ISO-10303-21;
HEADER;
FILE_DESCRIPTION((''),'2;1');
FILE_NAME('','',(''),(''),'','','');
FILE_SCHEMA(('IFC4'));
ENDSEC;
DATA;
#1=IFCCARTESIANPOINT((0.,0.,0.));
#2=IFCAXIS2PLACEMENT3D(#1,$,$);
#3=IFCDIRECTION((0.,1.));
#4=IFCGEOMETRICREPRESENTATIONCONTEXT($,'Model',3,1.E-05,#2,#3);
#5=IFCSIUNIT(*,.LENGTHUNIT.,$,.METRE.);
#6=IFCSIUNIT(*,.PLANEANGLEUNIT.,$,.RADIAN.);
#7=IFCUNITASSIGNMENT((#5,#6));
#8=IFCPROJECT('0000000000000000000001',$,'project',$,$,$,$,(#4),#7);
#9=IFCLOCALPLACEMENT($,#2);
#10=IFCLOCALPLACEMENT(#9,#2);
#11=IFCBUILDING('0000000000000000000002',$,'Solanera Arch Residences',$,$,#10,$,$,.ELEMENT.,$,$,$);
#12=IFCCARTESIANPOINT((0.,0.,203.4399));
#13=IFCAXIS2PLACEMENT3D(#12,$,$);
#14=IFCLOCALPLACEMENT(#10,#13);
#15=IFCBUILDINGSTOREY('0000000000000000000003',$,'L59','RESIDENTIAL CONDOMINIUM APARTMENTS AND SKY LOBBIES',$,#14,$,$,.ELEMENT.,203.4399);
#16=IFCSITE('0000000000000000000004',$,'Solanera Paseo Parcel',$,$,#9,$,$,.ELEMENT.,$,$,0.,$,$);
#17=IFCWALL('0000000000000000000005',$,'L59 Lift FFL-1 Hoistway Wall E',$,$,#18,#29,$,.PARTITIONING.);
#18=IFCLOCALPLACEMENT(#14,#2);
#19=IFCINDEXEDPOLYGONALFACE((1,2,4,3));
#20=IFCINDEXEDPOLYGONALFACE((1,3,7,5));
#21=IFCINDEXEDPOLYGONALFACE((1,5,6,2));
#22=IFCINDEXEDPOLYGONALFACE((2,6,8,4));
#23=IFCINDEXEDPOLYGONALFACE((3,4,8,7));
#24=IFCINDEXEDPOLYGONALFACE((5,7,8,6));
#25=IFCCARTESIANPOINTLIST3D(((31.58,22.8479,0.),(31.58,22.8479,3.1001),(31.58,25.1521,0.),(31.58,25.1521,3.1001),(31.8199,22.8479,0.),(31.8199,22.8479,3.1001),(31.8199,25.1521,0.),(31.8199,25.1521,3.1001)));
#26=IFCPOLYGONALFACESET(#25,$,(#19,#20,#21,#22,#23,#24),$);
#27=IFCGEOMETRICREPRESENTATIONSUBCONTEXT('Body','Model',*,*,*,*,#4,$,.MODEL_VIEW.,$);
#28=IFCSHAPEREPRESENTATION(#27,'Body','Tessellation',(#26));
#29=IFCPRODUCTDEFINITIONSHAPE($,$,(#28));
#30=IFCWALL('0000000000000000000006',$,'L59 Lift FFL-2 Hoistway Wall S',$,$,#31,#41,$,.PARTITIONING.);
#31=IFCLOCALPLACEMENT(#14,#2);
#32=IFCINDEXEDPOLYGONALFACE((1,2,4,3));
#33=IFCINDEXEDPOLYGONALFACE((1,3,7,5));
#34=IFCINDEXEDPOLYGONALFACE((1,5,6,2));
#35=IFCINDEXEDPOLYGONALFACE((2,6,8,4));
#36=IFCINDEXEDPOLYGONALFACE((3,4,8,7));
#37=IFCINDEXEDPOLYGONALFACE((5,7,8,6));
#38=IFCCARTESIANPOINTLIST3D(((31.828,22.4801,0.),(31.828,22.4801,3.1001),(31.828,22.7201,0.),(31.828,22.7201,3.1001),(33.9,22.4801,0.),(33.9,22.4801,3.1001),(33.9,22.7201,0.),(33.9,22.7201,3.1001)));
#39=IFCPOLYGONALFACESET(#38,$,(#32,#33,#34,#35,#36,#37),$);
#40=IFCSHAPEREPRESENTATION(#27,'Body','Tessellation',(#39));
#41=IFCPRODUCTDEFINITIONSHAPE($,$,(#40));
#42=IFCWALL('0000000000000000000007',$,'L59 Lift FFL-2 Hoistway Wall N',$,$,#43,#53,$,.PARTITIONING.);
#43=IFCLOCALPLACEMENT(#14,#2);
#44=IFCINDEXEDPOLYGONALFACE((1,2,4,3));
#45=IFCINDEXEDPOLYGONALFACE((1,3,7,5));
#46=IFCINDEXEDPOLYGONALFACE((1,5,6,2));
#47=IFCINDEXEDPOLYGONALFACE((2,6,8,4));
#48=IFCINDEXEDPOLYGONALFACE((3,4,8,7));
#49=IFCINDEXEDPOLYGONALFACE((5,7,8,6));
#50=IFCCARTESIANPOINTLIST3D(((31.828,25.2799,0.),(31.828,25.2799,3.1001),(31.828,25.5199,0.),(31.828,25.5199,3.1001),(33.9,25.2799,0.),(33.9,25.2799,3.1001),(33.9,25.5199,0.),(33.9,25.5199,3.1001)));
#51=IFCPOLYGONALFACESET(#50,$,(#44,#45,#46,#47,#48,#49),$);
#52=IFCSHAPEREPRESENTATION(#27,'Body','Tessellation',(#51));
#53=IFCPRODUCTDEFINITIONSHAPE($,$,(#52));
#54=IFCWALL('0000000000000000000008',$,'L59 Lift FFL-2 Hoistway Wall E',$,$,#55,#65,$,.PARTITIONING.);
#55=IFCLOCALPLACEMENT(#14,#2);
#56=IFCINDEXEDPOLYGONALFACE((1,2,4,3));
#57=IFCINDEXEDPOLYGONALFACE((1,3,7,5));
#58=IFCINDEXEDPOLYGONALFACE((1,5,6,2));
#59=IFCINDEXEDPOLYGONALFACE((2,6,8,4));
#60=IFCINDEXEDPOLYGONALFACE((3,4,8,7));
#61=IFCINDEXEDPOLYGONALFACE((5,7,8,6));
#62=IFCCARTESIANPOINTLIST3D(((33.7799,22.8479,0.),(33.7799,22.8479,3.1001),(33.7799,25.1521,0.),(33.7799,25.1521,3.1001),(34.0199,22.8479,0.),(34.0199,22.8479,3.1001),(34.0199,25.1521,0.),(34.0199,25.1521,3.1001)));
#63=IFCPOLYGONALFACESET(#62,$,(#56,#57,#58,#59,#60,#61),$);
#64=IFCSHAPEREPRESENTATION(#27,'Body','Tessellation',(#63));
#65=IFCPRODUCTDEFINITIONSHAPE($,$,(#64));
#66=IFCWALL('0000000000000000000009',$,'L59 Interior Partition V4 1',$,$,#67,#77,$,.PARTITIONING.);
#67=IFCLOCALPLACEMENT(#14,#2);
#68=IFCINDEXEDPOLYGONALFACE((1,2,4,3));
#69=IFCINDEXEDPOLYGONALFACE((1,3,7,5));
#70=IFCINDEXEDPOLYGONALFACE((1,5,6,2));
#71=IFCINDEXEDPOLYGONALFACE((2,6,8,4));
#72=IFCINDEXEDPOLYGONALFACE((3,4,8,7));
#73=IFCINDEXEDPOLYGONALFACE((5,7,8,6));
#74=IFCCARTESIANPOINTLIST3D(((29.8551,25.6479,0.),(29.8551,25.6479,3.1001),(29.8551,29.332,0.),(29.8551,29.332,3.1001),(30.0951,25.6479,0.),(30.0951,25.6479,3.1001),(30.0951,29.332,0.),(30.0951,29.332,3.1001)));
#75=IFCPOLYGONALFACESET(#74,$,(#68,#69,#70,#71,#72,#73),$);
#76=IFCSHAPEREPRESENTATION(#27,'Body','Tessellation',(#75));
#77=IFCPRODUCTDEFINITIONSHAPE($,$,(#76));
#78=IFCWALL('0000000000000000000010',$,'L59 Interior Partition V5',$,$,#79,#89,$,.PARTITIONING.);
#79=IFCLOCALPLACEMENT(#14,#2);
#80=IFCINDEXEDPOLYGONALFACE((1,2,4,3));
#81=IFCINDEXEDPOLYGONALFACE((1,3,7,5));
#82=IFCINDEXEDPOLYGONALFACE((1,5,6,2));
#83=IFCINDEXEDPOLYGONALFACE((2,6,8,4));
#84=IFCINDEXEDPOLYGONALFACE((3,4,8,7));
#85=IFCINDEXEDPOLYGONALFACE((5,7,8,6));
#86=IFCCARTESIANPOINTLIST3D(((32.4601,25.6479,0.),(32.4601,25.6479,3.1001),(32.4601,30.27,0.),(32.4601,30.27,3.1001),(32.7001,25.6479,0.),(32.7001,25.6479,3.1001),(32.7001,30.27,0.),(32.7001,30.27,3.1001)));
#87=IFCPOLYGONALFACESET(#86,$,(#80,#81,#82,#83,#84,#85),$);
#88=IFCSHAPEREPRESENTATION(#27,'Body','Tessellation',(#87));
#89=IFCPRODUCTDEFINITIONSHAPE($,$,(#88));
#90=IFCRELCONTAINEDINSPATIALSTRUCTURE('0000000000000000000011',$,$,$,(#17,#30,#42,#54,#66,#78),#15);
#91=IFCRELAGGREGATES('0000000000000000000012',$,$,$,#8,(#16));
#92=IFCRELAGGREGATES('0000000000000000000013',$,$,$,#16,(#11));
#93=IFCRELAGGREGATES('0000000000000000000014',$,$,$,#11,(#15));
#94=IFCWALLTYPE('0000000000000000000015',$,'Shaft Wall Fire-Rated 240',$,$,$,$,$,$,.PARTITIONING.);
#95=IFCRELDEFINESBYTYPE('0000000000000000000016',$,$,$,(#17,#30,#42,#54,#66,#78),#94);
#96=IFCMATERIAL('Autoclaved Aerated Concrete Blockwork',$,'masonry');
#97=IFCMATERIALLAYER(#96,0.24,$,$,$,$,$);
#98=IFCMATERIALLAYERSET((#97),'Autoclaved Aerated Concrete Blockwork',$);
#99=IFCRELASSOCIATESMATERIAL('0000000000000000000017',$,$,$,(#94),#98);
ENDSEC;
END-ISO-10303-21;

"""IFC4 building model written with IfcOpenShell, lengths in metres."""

from ifc_helpers import new_model, si_unit, direction, frame, frame_2d, origin, place, context, subcontext, project, spatial, rectangle, extrude, material, layer, layer_set, type_object, element, save


model = new_model("IFC4")

# Units and contexts
model_context = context("Model", 3, precision=1e-05, world=origin(), true_north=direction((0.0, 1.0)))
body_context = subcontext(model_context, "Body", "Model", "MODEL_VIEW")
ifc_project = project(units=[si_unit("LENGTHUNIT", "METRE"), si_unit("PLANEANGLEUNIT", "RADIAN")], contexts=[model_context])

# Site, building, storey
site_placement = place(None, origin())
site = spatial("IfcSite", under=ifc_project, at=site_placement, Name="Solanera Paseo Parcel", CompositionType="ELEMENT", RefElevation=0.0)
building_placement = place(site_placement, origin())
building = spatial("IfcBuilding", under=site, at=building_placement, Name="Solanera Arch Residences", CompositionType="ELEMENT")
storey_placement = place(building_placement, frame((0.0, 0.0, 203.4399)))
storey = spatial("IfcBuildingStorey", under=building, at=storey_placement, Name="L59", Description="RESIDENTIAL CONDOMINIUM APARTMENTS AND SKY LOBBIES", CompositionType="ELEMENT", Elevation=203.4399)

# Walls
ifc_material_1 = material(Name="Autoclaved Aerated Concrete Blockwork", Category="masonry")
ifc_layer_1 = layer(ifc_material_1, 0.24)
ifc_layer_set_1 = layer_set([ifc_layer_1], Name="Autoclaved Aerated Concrete Blockwork")
wall_type_1 = type_object("IfcWallType", Name="Shaft Wall Fire-Rated 240", PredefinedType="PARTITIONING", material=ifc_layer_set_1)
wall_1_placement = place(storey_placement, frame((31.7, 22.8479, 0.0), z_axis=(0.0, 0.0, 1.0), x_axis=(0.0, 1.0, 0.0)))
element("IfcWall", 1, at=wall_1_placement, inside=storey, type_object=wall_type_1, Name="L59 Lift FFL-1 Hoistway Wall E", PredefinedType="PARTITIONING", context=body_context, shape_type="SweptSolid", body=[
    extrude(rectangle(XDim=2.3042, YDim=0.24, at=frame_2d((1.1521, 0.0))), origin(), (0.0, 0.0, 1.0), 3.1001),
])
for number, where, z_axis, x_axis, name in (
    (2, (31.8279, 22.6001, 0.0), (0.0, 0.0, 1.0), (1.0, 0.0, 0.0), "L59 Lift FFL-2 Hoistway Wall S"),
    (3, (31.8279, 25.3999, 0.0), (0.0, 0.0, 1.0), (1.0, 0.0, 0.0), "L59 Lift FFL-2 Hoistway Wall N"),
):
    element("IfcWall", number, at=place(storey_placement, frame(where, z_axis=z_axis, x_axis=x_axis)), inside=storey, type_object=wall_type_1, Name=name, PredefinedType="PARTITIONING", context=body_context, shape_type="SweptSolid", body=[
        extrude(rectangle(XDim=2.072, YDim=0.24, at=frame_2d((1.0361, 0.0))), origin(), (0.0, 0.0, 1.0), 3.1001),
    ])
wall_2_placement = place(storey_placement, frame((33.8999, 22.8479, 0.0), z_axis=(0.0, 0.0, 1.0), x_axis=(0.0, 1.0, 0.0)))
element("IfcWall", 4, at=wall_2_placement, inside=storey, type_object=wall_type_1, Name="L59 Lift FFL-2 Hoistway Wall E", PredefinedType="PARTITIONING", context=body_context, shape_type="SweptSolid", body=[
    extrude(rectangle(XDim=2.3042, YDim=0.24, at=frame_2d((1.1521, 0.0))), origin(), (0.0, 0.0, 1.0), 3.1001),
])
wall_3_placement = place(storey_placement, frame((29.9751, 25.6479, 0.0), z_axis=(0.0, 0.0, 1.0), x_axis=(0.0, 1.0, 0.0)))
element("IfcWall", 5, at=wall_3_placement, inside=storey, type_object=wall_type_1, Name="L59 Interior Partition V4 1", PredefinedType="PARTITIONING", context=body_context, shape_type="SweptSolid", body=[
    extrude(rectangle(XDim=3.6841, YDim=0.24, at=frame_2d((1.842, 0.0))), origin(), (0.0, 0.0, 1.0), 3.1001),
])

# Wall
wall_4_placement = place(storey_placement, frame((32.5801, 25.6479, 0.0), z_axis=(0.0, 0.0, 1.0), x_axis=(0.0, 1.0, 0.0)))
element("IfcWall", 6, at=wall_4_placement, inside=storey, type_object=wall_type_1, Name="L59 Interior Partition V5", PredefinedType="PARTITIONING", context=body_context, shape_type="SweptSolid", body=[
    extrude(rectangle(XDim=4.6221, YDim=0.24, at=frame_2d((2.311, 0.0))), origin(), (0.0, 0.0, 1.0), 3.1001),
])

save(model, "model.ifc")
